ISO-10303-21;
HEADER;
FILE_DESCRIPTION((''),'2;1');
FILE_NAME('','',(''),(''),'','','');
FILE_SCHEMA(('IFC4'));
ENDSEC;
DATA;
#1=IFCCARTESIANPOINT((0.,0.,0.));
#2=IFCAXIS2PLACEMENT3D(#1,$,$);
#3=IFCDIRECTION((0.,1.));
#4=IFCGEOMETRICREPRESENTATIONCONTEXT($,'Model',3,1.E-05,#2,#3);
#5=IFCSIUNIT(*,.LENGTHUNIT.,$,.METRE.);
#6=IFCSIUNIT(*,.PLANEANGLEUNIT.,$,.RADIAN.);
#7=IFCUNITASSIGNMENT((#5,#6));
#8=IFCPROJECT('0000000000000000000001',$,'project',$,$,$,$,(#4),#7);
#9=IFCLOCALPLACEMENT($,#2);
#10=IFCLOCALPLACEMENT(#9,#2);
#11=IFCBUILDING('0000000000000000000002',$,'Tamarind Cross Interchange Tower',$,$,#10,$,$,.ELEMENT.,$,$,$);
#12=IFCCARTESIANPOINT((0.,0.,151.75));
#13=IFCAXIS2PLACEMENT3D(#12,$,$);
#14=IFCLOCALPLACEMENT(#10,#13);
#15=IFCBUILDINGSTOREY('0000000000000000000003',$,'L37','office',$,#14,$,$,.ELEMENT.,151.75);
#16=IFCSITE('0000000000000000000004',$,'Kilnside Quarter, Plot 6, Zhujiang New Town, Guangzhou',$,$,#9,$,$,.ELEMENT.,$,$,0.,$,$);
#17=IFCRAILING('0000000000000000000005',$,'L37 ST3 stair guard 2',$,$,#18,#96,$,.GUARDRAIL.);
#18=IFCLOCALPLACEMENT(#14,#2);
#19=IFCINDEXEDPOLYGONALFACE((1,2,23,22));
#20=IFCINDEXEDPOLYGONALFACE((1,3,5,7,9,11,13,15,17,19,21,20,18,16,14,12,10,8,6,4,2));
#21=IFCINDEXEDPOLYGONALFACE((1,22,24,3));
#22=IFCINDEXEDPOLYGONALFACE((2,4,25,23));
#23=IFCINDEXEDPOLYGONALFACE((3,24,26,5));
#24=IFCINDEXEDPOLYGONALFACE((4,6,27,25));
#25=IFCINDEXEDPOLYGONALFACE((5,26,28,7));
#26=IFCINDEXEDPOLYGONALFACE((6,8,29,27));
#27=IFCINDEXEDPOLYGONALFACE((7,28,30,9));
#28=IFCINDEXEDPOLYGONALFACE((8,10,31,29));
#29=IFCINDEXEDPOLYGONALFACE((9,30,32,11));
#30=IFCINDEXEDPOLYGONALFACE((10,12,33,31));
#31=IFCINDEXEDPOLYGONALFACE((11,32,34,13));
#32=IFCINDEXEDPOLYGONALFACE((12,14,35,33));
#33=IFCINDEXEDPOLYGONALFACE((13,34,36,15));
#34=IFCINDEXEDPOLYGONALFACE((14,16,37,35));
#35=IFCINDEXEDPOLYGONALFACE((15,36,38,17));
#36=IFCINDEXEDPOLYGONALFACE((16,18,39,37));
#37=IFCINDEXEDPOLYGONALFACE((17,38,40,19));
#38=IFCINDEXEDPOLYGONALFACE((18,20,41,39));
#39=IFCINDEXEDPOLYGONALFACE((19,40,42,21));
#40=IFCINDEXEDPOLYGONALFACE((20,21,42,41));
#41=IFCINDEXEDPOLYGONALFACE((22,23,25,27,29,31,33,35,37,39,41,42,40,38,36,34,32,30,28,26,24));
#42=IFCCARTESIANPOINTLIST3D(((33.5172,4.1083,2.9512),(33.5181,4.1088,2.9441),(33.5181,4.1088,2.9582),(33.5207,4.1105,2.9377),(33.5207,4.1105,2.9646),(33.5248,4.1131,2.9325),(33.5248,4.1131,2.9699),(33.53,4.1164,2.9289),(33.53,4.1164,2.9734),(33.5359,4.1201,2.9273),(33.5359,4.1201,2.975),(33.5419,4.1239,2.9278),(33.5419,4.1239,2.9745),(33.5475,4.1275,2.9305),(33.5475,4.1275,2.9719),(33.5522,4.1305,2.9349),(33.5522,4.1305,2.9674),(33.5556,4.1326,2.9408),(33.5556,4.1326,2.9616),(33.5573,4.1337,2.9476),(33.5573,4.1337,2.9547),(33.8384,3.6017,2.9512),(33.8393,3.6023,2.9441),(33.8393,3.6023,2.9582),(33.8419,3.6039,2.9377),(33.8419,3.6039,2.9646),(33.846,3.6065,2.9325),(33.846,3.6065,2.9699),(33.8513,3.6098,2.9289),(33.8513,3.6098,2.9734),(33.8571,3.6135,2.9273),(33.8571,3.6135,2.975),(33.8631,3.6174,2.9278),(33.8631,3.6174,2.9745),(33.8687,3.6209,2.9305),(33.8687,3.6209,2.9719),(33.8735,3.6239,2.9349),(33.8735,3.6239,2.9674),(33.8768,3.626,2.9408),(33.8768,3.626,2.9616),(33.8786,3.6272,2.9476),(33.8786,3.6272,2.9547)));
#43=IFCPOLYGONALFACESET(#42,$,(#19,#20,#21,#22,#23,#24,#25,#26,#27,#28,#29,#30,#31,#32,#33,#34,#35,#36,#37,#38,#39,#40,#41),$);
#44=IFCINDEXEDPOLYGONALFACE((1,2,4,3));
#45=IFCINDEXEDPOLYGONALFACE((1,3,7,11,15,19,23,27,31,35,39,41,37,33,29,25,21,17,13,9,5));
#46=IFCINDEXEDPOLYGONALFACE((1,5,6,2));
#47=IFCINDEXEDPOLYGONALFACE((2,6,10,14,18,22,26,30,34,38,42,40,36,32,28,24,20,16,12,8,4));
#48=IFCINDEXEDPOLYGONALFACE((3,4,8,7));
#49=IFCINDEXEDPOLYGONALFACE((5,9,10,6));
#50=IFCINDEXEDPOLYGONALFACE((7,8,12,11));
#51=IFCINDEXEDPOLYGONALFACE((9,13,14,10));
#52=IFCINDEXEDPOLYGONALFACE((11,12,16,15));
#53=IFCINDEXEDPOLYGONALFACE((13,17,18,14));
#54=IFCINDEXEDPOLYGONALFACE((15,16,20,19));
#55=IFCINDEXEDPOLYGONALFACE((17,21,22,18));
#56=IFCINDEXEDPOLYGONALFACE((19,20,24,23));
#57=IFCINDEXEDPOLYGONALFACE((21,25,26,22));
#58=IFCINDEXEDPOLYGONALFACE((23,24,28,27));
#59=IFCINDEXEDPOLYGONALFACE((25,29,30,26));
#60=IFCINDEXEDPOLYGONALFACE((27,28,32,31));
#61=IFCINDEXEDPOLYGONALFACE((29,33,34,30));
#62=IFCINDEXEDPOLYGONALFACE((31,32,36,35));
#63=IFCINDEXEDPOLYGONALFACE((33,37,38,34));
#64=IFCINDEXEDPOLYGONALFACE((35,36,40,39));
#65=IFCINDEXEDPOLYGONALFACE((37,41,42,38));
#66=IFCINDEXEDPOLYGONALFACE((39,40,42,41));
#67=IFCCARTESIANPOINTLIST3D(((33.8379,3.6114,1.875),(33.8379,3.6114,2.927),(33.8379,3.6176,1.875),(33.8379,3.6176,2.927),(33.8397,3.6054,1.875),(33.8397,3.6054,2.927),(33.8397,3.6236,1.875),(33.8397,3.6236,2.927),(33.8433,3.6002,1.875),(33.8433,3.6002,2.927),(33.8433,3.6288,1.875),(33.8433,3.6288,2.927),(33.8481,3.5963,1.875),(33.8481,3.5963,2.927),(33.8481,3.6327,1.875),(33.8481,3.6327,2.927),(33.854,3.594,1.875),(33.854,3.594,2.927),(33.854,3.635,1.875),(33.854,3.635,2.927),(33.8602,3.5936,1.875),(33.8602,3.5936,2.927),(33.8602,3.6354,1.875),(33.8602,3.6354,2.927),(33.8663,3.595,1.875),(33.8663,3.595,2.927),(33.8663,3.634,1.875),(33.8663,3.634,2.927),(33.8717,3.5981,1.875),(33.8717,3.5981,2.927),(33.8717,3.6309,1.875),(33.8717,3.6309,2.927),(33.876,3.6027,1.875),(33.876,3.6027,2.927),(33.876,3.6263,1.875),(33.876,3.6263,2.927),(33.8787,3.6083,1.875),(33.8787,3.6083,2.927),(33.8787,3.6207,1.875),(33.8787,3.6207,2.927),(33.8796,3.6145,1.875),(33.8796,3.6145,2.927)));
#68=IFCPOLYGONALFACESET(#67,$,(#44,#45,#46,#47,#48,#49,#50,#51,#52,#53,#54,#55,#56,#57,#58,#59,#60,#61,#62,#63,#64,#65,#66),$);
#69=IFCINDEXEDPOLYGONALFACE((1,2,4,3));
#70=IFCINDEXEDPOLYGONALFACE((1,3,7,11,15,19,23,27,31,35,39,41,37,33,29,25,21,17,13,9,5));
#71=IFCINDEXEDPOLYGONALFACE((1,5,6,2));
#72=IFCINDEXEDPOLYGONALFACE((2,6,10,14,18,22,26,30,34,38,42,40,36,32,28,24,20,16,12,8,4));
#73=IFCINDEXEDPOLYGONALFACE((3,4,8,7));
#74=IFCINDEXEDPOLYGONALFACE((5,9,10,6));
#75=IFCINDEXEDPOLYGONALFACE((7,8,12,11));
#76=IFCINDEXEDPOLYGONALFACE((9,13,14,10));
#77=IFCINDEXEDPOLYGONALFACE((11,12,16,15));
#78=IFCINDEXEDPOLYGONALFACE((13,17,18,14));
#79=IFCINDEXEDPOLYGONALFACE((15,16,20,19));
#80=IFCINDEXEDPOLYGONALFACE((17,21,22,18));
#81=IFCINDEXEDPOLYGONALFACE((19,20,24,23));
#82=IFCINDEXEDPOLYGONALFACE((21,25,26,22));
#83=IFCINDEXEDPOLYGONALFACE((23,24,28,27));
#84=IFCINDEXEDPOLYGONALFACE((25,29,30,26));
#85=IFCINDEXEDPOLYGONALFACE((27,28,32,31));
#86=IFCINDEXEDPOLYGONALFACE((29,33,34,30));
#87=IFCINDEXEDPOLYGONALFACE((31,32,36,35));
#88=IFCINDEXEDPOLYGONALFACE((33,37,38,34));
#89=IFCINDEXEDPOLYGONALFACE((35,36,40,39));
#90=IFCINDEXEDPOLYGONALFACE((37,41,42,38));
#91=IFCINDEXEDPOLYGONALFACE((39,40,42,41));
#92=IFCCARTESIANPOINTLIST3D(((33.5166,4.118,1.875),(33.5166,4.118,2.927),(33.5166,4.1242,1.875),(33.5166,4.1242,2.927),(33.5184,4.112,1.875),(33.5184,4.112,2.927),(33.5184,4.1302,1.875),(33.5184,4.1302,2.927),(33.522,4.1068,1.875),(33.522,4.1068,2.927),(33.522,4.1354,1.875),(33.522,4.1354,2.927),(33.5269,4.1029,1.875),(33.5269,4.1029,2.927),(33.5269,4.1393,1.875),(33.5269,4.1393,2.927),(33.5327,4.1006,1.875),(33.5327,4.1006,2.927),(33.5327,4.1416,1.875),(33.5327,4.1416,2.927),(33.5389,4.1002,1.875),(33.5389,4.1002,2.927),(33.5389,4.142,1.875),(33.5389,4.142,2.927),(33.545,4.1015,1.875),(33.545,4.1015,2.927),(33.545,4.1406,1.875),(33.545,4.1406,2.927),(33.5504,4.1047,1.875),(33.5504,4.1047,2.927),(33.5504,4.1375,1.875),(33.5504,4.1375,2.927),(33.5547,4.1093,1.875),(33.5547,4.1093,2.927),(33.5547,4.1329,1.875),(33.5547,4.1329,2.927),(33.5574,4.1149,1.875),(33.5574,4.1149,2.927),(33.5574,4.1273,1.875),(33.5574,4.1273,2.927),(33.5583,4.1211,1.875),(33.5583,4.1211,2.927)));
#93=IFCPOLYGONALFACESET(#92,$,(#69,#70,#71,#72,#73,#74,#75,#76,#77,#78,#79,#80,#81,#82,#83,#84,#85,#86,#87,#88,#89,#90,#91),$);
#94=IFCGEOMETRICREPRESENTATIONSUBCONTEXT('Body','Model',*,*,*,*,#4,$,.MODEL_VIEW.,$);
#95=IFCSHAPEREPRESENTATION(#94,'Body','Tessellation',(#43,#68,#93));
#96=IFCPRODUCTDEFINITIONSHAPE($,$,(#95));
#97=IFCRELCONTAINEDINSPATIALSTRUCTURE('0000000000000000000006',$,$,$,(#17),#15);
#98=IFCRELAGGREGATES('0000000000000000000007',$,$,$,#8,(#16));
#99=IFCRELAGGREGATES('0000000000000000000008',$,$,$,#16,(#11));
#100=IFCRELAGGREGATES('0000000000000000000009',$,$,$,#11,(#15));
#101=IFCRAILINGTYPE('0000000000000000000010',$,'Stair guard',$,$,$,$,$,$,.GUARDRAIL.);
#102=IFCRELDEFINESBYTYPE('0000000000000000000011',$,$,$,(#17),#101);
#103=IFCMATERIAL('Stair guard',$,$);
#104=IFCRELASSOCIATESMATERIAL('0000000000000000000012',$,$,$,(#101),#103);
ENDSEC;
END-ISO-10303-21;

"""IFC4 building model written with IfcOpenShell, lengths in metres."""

from ifc_helpers import new_model, si_unit, direction, frame, origin, origin_2d, place, context, subcontext, project, spatial, circle, extrude, material, type_object, element, save


model = new_model("IFC4")

# Units and contexts
model_context = context("Model", 3, precision=1e-05, world=origin(), true_north=direction((0.0, 1.0)))
body_context = subcontext(model_context, "Body", "Model", "MODEL_VIEW")
ifc_project = project(units=[si_unit("LENGTHUNIT", "METRE"), si_unit("PLANEANGLEUNIT", "RADIAN")], contexts=[model_context])

# Site, building, storey
site_placement = place(None, origin())
site = spatial("IfcSite", under=ifc_project, at=site_placement, Name="Kilnside Quarter, Plot 6, Zhujiang New Town, Guangzhou", CompositionType="ELEMENT", RefElevation=0.0)
building_placement = place(site_placement, origin())
building = spatial("IfcBuilding", under=site, at=building_placement, Name="Tamarind Cross Interchange Tower", CompositionType="ELEMENT")
storey_placement = place(building_placement, frame((0.0, 0.0, 151.75)))
storey = spatial("IfcBuildingStorey", under=building, at=storey_placement, Name="L37", Description="office", CompositionType="ELEMENT", Elevation=151.75)

# Railing
ifc_material_1 = material(Name="Stair guard")
railing_type_1 = type_object("IfcRailingType", Name="Stair guard", PredefinedType="GUARDRAIL", material=ifc_material_1)
railing_1_placement = place(storey_placement, frame((33.8586, 3.6145, 1.875)))
element("IfcRailing", 1, at=railing_1_placement, inside=storey, type_object=railing_type_1, Name="L37 ST3 stair guard 2", PredefinedType="GUARDRAIL", context=body_context, shape_type="SweptSolid", body=[
    extrude(circle(Radius=0.0239, at=origin_2d()), frame((0.0, 0.0, 1.0762), z_axis=(-0.535585, 0.844482, 0.0), x_axis=(-0.844482, -0.535585, 0.0)), (0.0, 0.0, 1.0), 0.5999),
    extrude(circle(Radius=0.021, at=origin_2d()), origin(), (0.0, 0.0, 1.0), 1.052),
    extrude(circle(Radius=0.021, at=origin_2d()), frame((-0.3213, 0.5066, 0.0)), (0.0, 0.0, 1.0), 1.052),
])

save(model, "model.ifc")
